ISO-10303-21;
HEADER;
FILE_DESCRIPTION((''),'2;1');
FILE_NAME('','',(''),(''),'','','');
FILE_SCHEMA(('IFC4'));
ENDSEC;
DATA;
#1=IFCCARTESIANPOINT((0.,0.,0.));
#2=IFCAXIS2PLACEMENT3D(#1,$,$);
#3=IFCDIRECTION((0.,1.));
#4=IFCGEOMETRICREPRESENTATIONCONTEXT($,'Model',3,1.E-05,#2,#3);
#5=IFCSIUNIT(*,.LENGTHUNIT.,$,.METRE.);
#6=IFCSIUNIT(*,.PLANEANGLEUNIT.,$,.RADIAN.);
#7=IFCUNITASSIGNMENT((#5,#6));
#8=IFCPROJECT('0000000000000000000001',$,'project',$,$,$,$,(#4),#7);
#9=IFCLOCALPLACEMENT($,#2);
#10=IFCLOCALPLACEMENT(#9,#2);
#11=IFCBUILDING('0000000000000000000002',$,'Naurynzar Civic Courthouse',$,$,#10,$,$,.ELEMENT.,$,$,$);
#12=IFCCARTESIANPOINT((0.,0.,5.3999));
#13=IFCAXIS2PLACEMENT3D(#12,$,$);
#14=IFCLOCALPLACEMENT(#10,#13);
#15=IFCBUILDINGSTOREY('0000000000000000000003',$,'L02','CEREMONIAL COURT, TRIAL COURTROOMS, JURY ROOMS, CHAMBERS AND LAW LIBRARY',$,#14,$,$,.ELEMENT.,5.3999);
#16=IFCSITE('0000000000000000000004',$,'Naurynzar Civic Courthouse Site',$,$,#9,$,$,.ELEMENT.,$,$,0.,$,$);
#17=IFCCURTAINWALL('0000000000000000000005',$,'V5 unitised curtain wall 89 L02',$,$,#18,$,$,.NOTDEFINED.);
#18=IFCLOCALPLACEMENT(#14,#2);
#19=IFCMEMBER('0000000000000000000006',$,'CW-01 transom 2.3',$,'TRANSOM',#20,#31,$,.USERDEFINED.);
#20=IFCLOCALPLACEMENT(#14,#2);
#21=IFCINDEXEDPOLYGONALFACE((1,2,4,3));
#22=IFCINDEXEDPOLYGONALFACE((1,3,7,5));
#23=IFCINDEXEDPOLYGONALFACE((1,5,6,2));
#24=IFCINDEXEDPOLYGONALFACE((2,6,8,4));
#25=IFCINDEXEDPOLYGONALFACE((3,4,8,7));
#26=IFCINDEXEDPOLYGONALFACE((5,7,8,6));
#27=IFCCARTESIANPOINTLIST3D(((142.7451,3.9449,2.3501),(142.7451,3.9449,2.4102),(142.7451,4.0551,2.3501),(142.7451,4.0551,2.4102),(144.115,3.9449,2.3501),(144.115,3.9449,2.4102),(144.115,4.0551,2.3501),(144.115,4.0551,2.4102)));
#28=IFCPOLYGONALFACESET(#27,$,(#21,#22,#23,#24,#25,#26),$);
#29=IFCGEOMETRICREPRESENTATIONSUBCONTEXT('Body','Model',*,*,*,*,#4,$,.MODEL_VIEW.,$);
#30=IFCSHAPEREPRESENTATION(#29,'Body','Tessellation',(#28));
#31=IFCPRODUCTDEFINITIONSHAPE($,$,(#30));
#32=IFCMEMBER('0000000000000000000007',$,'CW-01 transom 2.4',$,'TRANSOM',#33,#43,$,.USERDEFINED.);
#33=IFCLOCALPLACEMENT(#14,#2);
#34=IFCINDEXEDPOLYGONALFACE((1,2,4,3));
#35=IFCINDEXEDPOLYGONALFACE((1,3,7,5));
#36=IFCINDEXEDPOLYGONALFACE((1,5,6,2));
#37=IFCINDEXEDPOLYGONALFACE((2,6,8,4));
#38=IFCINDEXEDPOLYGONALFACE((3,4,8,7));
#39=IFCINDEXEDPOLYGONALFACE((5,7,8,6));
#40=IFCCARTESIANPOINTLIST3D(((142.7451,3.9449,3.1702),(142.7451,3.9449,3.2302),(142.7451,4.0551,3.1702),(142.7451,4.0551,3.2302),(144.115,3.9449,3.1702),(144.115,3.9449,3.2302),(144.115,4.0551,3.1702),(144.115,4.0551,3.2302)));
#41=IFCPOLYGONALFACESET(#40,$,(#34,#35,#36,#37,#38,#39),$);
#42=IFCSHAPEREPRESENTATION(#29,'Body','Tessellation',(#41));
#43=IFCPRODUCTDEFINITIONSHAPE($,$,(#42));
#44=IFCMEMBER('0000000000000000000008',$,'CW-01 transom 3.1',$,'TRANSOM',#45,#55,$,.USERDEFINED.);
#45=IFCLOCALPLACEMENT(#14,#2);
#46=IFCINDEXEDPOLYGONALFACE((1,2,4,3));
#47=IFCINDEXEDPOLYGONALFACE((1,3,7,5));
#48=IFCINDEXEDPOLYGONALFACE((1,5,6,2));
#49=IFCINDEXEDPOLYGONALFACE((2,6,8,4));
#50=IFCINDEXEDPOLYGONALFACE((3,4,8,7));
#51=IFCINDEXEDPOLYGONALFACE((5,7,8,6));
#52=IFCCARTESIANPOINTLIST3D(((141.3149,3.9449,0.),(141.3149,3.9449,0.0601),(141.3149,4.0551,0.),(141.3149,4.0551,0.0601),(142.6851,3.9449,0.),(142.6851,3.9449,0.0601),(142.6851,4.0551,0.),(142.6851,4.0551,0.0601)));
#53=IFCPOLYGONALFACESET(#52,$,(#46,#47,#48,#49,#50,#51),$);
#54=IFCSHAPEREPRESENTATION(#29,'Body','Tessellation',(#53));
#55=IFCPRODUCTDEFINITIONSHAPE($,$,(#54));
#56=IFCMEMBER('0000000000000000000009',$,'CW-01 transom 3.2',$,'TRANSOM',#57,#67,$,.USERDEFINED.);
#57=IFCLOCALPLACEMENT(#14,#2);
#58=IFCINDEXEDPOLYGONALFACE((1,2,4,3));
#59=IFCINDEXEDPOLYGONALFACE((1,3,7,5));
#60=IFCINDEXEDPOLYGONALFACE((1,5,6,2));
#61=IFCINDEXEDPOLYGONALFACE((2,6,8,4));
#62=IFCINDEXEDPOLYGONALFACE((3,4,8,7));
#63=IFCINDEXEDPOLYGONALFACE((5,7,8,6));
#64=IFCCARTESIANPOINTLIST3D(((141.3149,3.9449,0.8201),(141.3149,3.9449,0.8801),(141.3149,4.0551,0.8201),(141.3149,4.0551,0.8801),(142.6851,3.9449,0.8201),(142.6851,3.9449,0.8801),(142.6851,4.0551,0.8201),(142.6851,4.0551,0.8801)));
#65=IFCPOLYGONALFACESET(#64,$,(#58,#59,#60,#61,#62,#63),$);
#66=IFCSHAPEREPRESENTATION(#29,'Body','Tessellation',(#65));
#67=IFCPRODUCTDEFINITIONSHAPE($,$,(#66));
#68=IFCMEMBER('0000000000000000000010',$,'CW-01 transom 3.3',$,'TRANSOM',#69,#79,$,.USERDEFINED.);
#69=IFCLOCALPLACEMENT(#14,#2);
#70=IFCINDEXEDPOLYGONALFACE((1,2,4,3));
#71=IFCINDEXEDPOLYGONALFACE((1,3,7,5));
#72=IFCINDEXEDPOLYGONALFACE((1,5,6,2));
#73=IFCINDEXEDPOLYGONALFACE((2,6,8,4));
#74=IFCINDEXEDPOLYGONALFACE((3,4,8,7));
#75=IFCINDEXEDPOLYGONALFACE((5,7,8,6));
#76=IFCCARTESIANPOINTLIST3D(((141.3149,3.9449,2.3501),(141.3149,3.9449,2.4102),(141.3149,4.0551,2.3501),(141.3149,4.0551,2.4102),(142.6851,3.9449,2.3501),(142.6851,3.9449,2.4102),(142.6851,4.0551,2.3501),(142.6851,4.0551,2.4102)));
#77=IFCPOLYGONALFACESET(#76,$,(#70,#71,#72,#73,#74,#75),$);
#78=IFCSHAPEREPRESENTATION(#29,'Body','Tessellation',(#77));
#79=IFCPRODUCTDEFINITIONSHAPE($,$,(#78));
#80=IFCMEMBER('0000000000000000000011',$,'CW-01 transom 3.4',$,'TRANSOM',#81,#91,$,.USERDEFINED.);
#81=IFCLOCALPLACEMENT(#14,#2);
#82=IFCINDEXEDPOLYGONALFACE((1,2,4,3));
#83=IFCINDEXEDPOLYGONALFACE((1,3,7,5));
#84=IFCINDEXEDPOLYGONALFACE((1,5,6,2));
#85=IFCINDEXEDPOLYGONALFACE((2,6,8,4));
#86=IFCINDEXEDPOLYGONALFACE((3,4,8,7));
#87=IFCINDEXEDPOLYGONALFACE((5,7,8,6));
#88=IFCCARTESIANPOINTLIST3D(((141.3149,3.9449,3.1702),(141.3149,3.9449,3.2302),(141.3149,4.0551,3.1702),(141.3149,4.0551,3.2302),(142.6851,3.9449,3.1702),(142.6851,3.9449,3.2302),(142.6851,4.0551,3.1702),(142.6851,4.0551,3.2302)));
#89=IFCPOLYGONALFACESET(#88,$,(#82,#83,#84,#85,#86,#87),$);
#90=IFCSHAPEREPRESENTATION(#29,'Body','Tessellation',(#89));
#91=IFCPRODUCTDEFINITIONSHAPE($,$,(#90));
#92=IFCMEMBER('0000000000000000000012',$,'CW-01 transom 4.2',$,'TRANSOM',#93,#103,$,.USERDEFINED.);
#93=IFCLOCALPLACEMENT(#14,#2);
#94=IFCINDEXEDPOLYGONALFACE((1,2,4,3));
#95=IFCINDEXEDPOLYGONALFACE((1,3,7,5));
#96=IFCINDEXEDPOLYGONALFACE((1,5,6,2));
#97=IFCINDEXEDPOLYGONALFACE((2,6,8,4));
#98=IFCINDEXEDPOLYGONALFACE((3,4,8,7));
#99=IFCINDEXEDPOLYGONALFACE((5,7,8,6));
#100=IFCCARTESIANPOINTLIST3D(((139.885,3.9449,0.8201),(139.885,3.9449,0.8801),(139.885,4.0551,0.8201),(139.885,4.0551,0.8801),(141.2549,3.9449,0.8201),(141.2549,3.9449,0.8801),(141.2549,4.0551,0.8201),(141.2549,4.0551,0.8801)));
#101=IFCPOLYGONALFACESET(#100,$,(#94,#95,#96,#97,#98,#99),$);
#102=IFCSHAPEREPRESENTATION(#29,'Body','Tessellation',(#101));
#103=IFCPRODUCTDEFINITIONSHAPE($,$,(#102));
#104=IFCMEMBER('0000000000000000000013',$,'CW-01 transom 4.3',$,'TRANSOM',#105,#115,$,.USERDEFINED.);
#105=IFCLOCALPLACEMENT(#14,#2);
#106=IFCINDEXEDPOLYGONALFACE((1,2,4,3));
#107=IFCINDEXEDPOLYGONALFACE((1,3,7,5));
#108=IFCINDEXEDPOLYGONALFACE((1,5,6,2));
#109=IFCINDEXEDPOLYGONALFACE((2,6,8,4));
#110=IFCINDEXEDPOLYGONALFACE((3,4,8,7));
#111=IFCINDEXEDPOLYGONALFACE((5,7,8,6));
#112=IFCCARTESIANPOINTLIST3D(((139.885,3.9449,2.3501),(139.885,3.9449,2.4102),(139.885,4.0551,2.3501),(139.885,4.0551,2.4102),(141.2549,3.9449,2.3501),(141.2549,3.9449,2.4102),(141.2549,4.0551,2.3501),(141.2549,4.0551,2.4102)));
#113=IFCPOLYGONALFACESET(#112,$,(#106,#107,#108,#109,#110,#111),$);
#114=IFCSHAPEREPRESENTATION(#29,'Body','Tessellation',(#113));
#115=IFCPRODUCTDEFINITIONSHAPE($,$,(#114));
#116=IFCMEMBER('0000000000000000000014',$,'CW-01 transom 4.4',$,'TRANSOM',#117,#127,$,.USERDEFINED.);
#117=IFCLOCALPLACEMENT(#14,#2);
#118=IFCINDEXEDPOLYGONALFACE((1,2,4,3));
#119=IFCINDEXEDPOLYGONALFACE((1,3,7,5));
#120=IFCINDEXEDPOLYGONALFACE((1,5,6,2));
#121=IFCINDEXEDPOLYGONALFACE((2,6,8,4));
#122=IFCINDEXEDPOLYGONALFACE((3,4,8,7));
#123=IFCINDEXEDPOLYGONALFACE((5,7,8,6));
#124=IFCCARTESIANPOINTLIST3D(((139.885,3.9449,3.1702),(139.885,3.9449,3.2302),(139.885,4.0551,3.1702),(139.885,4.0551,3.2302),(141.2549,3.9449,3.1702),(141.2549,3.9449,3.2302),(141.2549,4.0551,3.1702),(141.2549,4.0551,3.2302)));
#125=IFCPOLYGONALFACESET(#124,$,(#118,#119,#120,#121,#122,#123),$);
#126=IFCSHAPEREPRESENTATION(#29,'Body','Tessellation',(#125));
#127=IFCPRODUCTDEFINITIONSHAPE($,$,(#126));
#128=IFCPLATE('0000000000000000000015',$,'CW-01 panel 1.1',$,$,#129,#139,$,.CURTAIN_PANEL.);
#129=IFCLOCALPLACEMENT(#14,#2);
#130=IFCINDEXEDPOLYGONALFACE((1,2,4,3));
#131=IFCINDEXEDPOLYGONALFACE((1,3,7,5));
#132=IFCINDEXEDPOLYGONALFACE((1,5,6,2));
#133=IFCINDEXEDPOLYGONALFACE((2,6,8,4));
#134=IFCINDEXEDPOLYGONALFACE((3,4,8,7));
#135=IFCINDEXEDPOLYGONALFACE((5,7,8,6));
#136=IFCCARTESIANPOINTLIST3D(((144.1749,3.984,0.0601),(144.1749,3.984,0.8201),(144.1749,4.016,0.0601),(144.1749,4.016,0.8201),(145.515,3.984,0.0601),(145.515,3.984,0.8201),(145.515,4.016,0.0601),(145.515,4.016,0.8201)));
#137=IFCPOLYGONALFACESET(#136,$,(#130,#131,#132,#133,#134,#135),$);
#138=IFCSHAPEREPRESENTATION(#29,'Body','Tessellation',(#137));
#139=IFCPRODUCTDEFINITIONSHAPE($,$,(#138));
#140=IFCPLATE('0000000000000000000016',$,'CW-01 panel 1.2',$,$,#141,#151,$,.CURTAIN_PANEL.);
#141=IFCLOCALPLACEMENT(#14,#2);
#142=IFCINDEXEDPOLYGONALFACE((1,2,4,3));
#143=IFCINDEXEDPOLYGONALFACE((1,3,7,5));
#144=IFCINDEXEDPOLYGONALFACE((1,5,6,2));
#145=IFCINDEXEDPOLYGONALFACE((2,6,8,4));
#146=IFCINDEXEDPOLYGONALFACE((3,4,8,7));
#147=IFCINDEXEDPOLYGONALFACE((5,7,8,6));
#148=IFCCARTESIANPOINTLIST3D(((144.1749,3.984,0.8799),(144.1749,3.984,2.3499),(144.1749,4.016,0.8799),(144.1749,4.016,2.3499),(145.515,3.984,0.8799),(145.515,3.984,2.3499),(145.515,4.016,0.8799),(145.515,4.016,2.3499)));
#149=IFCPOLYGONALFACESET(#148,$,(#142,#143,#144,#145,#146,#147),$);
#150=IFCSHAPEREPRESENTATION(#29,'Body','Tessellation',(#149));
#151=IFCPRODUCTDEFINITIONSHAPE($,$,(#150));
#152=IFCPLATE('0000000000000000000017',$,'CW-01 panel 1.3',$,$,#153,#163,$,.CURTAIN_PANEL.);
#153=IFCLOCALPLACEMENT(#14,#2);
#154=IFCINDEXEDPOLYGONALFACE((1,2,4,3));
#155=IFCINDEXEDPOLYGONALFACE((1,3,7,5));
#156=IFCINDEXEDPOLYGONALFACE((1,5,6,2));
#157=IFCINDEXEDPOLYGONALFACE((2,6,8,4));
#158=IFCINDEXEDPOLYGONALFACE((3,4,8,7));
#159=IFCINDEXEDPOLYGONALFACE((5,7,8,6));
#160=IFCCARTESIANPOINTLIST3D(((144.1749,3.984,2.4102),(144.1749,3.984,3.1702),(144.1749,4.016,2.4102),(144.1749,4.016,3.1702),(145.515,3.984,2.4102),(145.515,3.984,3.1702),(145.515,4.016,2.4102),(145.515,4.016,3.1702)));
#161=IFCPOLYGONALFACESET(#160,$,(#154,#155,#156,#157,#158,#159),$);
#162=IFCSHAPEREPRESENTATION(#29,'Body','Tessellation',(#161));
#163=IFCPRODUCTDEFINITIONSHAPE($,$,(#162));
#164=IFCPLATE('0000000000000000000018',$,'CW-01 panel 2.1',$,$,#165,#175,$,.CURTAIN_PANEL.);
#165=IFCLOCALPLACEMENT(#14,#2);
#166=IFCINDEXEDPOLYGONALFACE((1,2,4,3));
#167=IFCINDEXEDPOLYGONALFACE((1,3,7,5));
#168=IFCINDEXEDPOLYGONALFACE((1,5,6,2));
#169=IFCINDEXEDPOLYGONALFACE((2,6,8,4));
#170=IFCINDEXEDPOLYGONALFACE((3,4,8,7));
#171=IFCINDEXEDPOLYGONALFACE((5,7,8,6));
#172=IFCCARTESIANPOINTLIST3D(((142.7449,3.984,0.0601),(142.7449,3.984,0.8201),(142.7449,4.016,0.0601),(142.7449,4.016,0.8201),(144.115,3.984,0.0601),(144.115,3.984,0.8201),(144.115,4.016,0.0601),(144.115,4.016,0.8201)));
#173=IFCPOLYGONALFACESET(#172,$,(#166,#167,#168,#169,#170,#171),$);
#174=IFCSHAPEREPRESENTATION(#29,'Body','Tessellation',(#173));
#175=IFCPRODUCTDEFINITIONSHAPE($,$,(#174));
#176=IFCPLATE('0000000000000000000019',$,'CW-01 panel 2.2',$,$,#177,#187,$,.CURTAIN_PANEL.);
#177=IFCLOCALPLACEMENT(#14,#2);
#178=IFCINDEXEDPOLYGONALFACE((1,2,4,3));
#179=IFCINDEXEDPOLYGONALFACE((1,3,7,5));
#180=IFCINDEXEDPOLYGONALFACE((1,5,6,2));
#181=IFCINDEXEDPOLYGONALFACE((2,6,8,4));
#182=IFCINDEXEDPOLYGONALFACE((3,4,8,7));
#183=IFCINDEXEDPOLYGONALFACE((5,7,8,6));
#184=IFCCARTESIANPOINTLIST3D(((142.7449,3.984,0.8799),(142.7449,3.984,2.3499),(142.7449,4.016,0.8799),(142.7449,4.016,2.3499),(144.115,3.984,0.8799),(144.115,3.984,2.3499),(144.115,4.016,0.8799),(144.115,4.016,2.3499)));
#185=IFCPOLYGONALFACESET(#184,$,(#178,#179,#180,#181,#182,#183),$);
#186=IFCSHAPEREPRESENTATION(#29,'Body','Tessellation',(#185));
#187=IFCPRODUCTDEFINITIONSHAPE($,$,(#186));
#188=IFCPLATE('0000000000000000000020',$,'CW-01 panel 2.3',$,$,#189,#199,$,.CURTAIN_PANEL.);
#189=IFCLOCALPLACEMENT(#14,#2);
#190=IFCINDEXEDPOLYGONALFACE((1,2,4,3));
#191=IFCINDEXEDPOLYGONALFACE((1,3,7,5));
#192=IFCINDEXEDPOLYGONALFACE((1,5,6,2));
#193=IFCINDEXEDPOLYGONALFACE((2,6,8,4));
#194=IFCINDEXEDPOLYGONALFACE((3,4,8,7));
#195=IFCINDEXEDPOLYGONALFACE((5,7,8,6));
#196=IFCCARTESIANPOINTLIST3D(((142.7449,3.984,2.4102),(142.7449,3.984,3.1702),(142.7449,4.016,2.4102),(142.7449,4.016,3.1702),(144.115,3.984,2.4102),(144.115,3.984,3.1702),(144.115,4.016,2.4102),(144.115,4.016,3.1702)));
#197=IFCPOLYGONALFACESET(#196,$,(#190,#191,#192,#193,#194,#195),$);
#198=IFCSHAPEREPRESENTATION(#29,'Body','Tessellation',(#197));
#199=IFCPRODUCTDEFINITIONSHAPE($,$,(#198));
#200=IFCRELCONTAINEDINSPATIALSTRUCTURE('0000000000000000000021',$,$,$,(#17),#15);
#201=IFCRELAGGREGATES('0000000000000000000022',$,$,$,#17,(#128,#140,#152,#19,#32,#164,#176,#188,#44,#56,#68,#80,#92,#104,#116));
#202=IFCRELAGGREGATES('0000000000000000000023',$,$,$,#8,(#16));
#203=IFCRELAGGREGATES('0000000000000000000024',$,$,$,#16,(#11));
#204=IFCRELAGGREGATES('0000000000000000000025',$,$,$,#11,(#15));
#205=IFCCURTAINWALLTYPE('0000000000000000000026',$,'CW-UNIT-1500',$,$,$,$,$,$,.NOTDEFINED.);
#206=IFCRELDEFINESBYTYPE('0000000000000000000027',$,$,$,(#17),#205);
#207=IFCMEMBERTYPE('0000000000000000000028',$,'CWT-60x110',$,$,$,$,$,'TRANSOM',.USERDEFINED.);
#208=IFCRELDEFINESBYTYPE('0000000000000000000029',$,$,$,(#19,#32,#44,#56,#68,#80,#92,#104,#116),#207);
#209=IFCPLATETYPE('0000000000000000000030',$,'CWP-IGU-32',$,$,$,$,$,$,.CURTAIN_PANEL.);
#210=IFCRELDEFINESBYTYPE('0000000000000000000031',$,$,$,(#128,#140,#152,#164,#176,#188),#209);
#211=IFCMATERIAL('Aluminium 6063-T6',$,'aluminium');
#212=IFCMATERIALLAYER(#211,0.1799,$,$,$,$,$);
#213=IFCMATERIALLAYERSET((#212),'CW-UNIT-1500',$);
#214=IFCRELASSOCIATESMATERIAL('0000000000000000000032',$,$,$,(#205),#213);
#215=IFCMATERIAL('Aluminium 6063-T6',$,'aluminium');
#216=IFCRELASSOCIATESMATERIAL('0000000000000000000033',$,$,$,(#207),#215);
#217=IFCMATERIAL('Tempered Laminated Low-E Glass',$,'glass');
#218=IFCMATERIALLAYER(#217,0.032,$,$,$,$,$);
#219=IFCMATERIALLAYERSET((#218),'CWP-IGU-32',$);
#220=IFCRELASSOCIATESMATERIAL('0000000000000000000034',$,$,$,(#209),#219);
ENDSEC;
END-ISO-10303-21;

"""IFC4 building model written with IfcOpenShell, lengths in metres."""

from ifc_helpers import new_model, si_unit, direction, frame, origin, origin_2d, place, context, subcontext, project, spatial, rectangle, extrude, material, layer, layer_set, material_profile, profile_set, type_object, element, aggregate, save


model = new_model("IFC4")

# Units and contexts
model_context = context("Model", 3, precision=1e-05, world=origin(), true_north=direction((0.0, 1.0)))
body_context = subcontext(model_context, "Body", "Model", "MODEL_VIEW")
ifc_project = project(units=[si_unit("LENGTHUNIT", "METRE"), si_unit("PLANEANGLEUNIT", "RADIAN")], contexts=[model_context])

# Site, building, storey
site_placement = place(None, origin())
site = spatial("IfcSite", under=ifc_project, at=site_placement, Name="Naurynzar Civic Courthouse Site", CompositionType="ELEMENT", RefElevation=0.0)
building_placement = place(site_placement, origin())
building = spatial("IfcBuilding", under=site, at=building_placement, Name="Naurynzar Civic Courthouse", CompositionType="ELEMENT")
storey_placement = place(building_placement, frame((0.0, 0.0, 5.3999)))
storey = spatial("IfcBuildingStorey", under=building, at=storey_placement, Name="L02", Description="CEREMONIAL COURT, TRIAL COURTROOMS, JURY ROOMS, CHAMBERS AND LAW LIBRARY", CompositionType="ELEMENT", Elevation=5.3999)

# Curtain wall, members, plates
ifc_material_1 = material(Name="Aluminium 6063-T6", Category="aluminium")
ifc_layer_1 = layer(ifc_material_1, 0.1799)
ifc_layer_set_1 = layer_set([ifc_layer_1], Name="CW-UNIT-1500")
curtain_wall_type = type_object("IfcCurtainWallType", Name="CW-UNIT-1500", PredefinedType="NOTDEFINED", material=ifc_layer_set_1)
curtain_wall_placement = place(storey_placement, origin())
curtain_wall = element("IfcCurtainWall", 1, at=curtain_wall_placement, inside=storey, type_object=curtain_wall_type, Name="V5 unitised curtain wall 89 L02", PredefinedType="NOTDEFINED")
ifc_material_2 = material(Name="Aluminium 6063-T6", Category="aluminium")
ifc_material_profile_1 = material_profile(ifc_material_2, rectangle(XDim=0.1101, YDim=0.0601, at=origin_2d()), Name="ALU TRANSOM 60x110")
ifc_profile_set_1 = profile_set([ifc_material_profile_1], Name="Aluminium 6063-T6")
member_type_1 = type_object("IfcMemberType", Name="CWT-60x110", ElementType="TRANSOM", PredefinedType="USERDEFINED", material=ifc_profile_set_1)
member_1_placement = place(storey_placement, frame((144.115, 4.0, 2.3801), z_axis=(-1.0, 0.0, 0.0), x_axis=(0.0, -1.0, 0.0)))
member_1 = element("IfcMember", 2, at=member_1_placement, type_object=member_type_1, Name="CW-01 transom 2.3", ObjectType="TRANSOM", PredefinedType="USERDEFINED", context=body_context, shape_type="SweptSolid", body=[
    extrude(rectangle(XDim=0.1101, YDim=0.0601, at=origin_2d()), origin(), (0.0, 0.0, 1.0), 1.3699),
])
member_2_placement = place(storey_placement, frame((144.115, 4.0, 3.2002), z_axis=(-1.0, 0.0, 0.0), x_axis=(0.0, -1.0, 0.0)))
member_2 = element("IfcMember", 3, at=member_2_placement, type_object=member_type_1, Name="CW-01 transom 2.4", ObjectType="TRANSOM", PredefinedType="USERDEFINED", context=body_context, shape_type="SweptSolid", body=[
    extrude(rectangle(XDim=0.1101, YDim=0.0601, at=origin_2d()), origin(), (0.0, 0.0, 1.0), 1.3699),
])
member_3_placement = place(storey_placement, frame((142.6851, 4.0, 0.03), z_axis=(-1.0, 0.0, 0.0), x_axis=(0.0, -1.0, 0.0)))
member_3 = element("IfcMember", 4, at=member_3_placement, type_object=member_type_1, Name="CW-01 transom 3.1", ObjectType="TRANSOM", PredefinedType="USERDEFINED", context=body_context, shape_type="SweptSolid", body=[
    extrude(rectangle(XDim=0.1101, YDim=0.0601, at=origin_2d()), origin(), (0.0, 0.0, 1.0), 1.3701),
])
member_4_placement = place(storey_placement, frame((142.6851, 4.0, 0.8501), z_axis=(-1.0, 0.0, 0.0), x_axis=(0.0, -1.0, 0.0)))
member_4 = element("IfcMember", 5, at=member_4_placement, type_object=member_type_1, Name="CW-01 transom 3.2", ObjectType="TRANSOM", PredefinedType="USERDEFINED", context=body_context, shape_type="SweptSolid", body=[
    extrude(rectangle(XDim=0.1101, YDim=0.0601, at=origin_2d()), origin(), (0.0, 0.0, 1.0), 1.3701),
])
member_5_placement = place(storey_placement, frame((142.6851, 4.0, 2.3801), z_axis=(-1.0, 0.0, 0.0), x_axis=(0.0, -1.0, 0.0)))
member_5 = element("IfcMember", 6, at=member_5_placement, type_object=member_type_1, Name="CW-01 transom 3.3", ObjectType="TRANSOM", PredefinedType="USERDEFINED", context=body_context, shape_type="SweptSolid", body=[
    extrude(rectangle(XDim=0.1101, YDim=0.0601, at=origin_2d()), origin(), (0.0, 0.0, 1.0), 1.3701),
])
member_6_placement = place(storey_placement, frame((142.6851, 4.0, 3.2002), z_axis=(-1.0, 0.0, 0.0), x_axis=(0.0, -1.0, 0.0)))
member_6 = element("IfcMember", 7, at=member_6_placement, type_object=member_type_1, Name="CW-01 transom 3.4", ObjectType="TRANSOM", PredefinedType="USERDEFINED", context=body_context, shape_type="SweptSolid", body=[
    extrude(rectangle(XDim=0.1101, YDim=0.0601, at=origin_2d()), origin(), (0.0, 0.0, 1.0), 1.3701),
])
member_7_placement = place(storey_placement, frame((141.2549, 4.0, 0.8501), z_axis=(-1.0, 0.0, 0.0), x_axis=(0.0, -1.0, 0.0)))
member_7 = element("IfcMember", 8, at=member_7_placement, type_object=member_type_1, Name="CW-01 transom 4.2", ObjectType="TRANSOM", PredefinedType="USERDEFINED", context=body_context, shape_type="SweptSolid", body=[
    extrude(rectangle(XDim=0.1101, YDim=0.0601, at=origin_2d()), origin(), (0.0, 0.0, 1.0), 1.3699),
])
member_8_placement = place(storey_placement, frame((141.2549, 4.0, 2.3801), z_axis=(-1.0, 0.0, 0.0), x_axis=(0.0, -1.0, 0.0)))
member_8 = element("IfcMember", 9, at=member_8_placement, type_object=member_type_1, Name="CW-01 transom 4.3", ObjectType="TRANSOM", PredefinedType="USERDEFINED", context=body_context, shape_type="SweptSolid", body=[
    extrude(rectangle(XDim=0.1101, YDim=0.0601, at=origin_2d()), origin(), (0.0, 0.0, 1.0), 1.3699),
])
member_9_placement = place(storey_placement, frame((141.2549, 4.0, 3.2002), z_axis=(-1.0, 0.0, 0.0), x_axis=(0.0, -1.0, 0.0)))
member_9 = element("IfcMember", 10, at=member_9_placement, type_object=member_type_1, Name="CW-01 transom 4.4", ObjectType="TRANSOM", PredefinedType="USERDEFINED", context=body_context, shape_type="SweptSolid", body=[
    extrude(rectangle(XDim=0.1101, YDim=0.0601, at=origin_2d()), origin(), (0.0, 0.0, 1.0), 1.3699),
])
ifc_material_3 = material(Name="Tempered Laminated Low-E Glass", Category="glass")
ifc_layer_2 = layer(ifc_material_3, 0.032)
ifc_layer_set_2 = layer_set([ifc_layer_2], Name="CWP-IGU-32")
plate_type = type_object("IfcPlateType", Name="CWP-IGU-32", PredefinedType="CURTAIN_PANEL", material=ifc_layer_set_2)
plate_1_placement = place(storey_placement, frame((144.845, 4.0, 0.0601), z_axis=(0.0, 0.0, 1.0), x_axis=(-1.0, 0.0, 0.0)))
plate_1 = element("IfcPlate", 11, at=plate_1_placement, type_object=plate_type, Name="CW-01 panel 1.1", PredefinedType="CURTAIN_PANEL", context=body_context, shape_type="SweptSolid", body=[
    extrude(rectangle(XDim=1.3401, YDim=0.032, at=origin_2d()), origin(), (0.0, 0.0, 1.0), 0.76),
])
plate_2_placement = place(storey_placement, frame((144.845, 4.0, 0.8799), z_axis=(0.0, 0.0, 1.0), x_axis=(-1.0, 0.0, 0.0)))
plate_2 = element("IfcPlate", 12, at=plate_2_placement, type_object=plate_type, Name="CW-01 panel 1.2", PredefinedType="CURTAIN_PANEL", context=body_context, shape_type="SweptSolid", body=[
    extrude(rectangle(XDim=1.3401, YDim=0.032, at=origin_2d()), origin(), (0.0, 0.0, 1.0), 1.47),
])
plate_3_placement = place(storey_placement, frame((144.845, 4.0, 2.4102), z_axis=(0.0, 0.0, 1.0), x_axis=(-1.0, 0.0, 0.0)))
plate_3 = element("IfcPlate", 13, at=plate_3_placement, type_object=plate_type, Name="CW-01 panel 1.3", PredefinedType="CURTAIN_PANEL", context=body_context, shape_type="SweptSolid", body=[
    extrude(rectangle(XDim=1.3401, YDim=0.032, at=origin_2d()), origin(), (0.0, 0.0, 1.0), 0.76),
])
plate_4_placement = place(storey_placement, frame((143.4299, 4.0, 0.0601), z_axis=(0.0, 0.0, 1.0), x_axis=(-1.0, 0.0, 0.0)))
plate_4 = element("IfcPlate", 14, at=plate_4_placement, type_object=plate_type, Name="CW-01 panel 2.1", PredefinedType="CURTAIN_PANEL", context=body_context, shape_type="SweptSolid", body=[
    extrude(rectangle(XDim=1.3701, YDim=0.032, at=origin_2d()), origin(), (0.0, 0.0, 1.0), 0.76),
])
plate_5_placement = place(storey_placement, frame((143.4299, 4.0, 0.8799), z_axis=(0.0, 0.0, 1.0), x_axis=(-1.0, 0.0, 0.0)))
plate_5 = element("IfcPlate", 15, at=plate_5_placement, type_object=plate_type, Name="CW-01 panel 2.2", PredefinedType="CURTAIN_PANEL", context=body_context, shape_type="SweptSolid", body=[
    extrude(rectangle(XDim=1.3701, YDim=0.032, at=origin_2d()), origin(), (0.0, 0.0, 1.0), 1.47),
])
plate_6_placement = place(storey_placement, frame((143.4299, 4.0, 2.4102), z_axis=(0.0, 0.0, 1.0), x_axis=(-1.0, 0.0, 0.0)))
plate_6 = element("IfcPlate", 16, at=plate_6_placement, type_object=plate_type, Name="CW-01 panel 2.3", PredefinedType="CURTAIN_PANEL", context=body_context, shape_type="SweptSolid", body=[
    extrude(rectangle(XDim=1.3701, YDim=0.032, at=origin_2d()), origin(), (0.0, 0.0, 1.0), 0.76),
])
aggregate(curtain_wall, [plate_1, plate_2, plate_3, member_1, member_2, plate_4, plate_5, plate_6, member_3, member_4, member_5, member_6, member_7, member_8, member_9])

save(model, "model.ifc")
